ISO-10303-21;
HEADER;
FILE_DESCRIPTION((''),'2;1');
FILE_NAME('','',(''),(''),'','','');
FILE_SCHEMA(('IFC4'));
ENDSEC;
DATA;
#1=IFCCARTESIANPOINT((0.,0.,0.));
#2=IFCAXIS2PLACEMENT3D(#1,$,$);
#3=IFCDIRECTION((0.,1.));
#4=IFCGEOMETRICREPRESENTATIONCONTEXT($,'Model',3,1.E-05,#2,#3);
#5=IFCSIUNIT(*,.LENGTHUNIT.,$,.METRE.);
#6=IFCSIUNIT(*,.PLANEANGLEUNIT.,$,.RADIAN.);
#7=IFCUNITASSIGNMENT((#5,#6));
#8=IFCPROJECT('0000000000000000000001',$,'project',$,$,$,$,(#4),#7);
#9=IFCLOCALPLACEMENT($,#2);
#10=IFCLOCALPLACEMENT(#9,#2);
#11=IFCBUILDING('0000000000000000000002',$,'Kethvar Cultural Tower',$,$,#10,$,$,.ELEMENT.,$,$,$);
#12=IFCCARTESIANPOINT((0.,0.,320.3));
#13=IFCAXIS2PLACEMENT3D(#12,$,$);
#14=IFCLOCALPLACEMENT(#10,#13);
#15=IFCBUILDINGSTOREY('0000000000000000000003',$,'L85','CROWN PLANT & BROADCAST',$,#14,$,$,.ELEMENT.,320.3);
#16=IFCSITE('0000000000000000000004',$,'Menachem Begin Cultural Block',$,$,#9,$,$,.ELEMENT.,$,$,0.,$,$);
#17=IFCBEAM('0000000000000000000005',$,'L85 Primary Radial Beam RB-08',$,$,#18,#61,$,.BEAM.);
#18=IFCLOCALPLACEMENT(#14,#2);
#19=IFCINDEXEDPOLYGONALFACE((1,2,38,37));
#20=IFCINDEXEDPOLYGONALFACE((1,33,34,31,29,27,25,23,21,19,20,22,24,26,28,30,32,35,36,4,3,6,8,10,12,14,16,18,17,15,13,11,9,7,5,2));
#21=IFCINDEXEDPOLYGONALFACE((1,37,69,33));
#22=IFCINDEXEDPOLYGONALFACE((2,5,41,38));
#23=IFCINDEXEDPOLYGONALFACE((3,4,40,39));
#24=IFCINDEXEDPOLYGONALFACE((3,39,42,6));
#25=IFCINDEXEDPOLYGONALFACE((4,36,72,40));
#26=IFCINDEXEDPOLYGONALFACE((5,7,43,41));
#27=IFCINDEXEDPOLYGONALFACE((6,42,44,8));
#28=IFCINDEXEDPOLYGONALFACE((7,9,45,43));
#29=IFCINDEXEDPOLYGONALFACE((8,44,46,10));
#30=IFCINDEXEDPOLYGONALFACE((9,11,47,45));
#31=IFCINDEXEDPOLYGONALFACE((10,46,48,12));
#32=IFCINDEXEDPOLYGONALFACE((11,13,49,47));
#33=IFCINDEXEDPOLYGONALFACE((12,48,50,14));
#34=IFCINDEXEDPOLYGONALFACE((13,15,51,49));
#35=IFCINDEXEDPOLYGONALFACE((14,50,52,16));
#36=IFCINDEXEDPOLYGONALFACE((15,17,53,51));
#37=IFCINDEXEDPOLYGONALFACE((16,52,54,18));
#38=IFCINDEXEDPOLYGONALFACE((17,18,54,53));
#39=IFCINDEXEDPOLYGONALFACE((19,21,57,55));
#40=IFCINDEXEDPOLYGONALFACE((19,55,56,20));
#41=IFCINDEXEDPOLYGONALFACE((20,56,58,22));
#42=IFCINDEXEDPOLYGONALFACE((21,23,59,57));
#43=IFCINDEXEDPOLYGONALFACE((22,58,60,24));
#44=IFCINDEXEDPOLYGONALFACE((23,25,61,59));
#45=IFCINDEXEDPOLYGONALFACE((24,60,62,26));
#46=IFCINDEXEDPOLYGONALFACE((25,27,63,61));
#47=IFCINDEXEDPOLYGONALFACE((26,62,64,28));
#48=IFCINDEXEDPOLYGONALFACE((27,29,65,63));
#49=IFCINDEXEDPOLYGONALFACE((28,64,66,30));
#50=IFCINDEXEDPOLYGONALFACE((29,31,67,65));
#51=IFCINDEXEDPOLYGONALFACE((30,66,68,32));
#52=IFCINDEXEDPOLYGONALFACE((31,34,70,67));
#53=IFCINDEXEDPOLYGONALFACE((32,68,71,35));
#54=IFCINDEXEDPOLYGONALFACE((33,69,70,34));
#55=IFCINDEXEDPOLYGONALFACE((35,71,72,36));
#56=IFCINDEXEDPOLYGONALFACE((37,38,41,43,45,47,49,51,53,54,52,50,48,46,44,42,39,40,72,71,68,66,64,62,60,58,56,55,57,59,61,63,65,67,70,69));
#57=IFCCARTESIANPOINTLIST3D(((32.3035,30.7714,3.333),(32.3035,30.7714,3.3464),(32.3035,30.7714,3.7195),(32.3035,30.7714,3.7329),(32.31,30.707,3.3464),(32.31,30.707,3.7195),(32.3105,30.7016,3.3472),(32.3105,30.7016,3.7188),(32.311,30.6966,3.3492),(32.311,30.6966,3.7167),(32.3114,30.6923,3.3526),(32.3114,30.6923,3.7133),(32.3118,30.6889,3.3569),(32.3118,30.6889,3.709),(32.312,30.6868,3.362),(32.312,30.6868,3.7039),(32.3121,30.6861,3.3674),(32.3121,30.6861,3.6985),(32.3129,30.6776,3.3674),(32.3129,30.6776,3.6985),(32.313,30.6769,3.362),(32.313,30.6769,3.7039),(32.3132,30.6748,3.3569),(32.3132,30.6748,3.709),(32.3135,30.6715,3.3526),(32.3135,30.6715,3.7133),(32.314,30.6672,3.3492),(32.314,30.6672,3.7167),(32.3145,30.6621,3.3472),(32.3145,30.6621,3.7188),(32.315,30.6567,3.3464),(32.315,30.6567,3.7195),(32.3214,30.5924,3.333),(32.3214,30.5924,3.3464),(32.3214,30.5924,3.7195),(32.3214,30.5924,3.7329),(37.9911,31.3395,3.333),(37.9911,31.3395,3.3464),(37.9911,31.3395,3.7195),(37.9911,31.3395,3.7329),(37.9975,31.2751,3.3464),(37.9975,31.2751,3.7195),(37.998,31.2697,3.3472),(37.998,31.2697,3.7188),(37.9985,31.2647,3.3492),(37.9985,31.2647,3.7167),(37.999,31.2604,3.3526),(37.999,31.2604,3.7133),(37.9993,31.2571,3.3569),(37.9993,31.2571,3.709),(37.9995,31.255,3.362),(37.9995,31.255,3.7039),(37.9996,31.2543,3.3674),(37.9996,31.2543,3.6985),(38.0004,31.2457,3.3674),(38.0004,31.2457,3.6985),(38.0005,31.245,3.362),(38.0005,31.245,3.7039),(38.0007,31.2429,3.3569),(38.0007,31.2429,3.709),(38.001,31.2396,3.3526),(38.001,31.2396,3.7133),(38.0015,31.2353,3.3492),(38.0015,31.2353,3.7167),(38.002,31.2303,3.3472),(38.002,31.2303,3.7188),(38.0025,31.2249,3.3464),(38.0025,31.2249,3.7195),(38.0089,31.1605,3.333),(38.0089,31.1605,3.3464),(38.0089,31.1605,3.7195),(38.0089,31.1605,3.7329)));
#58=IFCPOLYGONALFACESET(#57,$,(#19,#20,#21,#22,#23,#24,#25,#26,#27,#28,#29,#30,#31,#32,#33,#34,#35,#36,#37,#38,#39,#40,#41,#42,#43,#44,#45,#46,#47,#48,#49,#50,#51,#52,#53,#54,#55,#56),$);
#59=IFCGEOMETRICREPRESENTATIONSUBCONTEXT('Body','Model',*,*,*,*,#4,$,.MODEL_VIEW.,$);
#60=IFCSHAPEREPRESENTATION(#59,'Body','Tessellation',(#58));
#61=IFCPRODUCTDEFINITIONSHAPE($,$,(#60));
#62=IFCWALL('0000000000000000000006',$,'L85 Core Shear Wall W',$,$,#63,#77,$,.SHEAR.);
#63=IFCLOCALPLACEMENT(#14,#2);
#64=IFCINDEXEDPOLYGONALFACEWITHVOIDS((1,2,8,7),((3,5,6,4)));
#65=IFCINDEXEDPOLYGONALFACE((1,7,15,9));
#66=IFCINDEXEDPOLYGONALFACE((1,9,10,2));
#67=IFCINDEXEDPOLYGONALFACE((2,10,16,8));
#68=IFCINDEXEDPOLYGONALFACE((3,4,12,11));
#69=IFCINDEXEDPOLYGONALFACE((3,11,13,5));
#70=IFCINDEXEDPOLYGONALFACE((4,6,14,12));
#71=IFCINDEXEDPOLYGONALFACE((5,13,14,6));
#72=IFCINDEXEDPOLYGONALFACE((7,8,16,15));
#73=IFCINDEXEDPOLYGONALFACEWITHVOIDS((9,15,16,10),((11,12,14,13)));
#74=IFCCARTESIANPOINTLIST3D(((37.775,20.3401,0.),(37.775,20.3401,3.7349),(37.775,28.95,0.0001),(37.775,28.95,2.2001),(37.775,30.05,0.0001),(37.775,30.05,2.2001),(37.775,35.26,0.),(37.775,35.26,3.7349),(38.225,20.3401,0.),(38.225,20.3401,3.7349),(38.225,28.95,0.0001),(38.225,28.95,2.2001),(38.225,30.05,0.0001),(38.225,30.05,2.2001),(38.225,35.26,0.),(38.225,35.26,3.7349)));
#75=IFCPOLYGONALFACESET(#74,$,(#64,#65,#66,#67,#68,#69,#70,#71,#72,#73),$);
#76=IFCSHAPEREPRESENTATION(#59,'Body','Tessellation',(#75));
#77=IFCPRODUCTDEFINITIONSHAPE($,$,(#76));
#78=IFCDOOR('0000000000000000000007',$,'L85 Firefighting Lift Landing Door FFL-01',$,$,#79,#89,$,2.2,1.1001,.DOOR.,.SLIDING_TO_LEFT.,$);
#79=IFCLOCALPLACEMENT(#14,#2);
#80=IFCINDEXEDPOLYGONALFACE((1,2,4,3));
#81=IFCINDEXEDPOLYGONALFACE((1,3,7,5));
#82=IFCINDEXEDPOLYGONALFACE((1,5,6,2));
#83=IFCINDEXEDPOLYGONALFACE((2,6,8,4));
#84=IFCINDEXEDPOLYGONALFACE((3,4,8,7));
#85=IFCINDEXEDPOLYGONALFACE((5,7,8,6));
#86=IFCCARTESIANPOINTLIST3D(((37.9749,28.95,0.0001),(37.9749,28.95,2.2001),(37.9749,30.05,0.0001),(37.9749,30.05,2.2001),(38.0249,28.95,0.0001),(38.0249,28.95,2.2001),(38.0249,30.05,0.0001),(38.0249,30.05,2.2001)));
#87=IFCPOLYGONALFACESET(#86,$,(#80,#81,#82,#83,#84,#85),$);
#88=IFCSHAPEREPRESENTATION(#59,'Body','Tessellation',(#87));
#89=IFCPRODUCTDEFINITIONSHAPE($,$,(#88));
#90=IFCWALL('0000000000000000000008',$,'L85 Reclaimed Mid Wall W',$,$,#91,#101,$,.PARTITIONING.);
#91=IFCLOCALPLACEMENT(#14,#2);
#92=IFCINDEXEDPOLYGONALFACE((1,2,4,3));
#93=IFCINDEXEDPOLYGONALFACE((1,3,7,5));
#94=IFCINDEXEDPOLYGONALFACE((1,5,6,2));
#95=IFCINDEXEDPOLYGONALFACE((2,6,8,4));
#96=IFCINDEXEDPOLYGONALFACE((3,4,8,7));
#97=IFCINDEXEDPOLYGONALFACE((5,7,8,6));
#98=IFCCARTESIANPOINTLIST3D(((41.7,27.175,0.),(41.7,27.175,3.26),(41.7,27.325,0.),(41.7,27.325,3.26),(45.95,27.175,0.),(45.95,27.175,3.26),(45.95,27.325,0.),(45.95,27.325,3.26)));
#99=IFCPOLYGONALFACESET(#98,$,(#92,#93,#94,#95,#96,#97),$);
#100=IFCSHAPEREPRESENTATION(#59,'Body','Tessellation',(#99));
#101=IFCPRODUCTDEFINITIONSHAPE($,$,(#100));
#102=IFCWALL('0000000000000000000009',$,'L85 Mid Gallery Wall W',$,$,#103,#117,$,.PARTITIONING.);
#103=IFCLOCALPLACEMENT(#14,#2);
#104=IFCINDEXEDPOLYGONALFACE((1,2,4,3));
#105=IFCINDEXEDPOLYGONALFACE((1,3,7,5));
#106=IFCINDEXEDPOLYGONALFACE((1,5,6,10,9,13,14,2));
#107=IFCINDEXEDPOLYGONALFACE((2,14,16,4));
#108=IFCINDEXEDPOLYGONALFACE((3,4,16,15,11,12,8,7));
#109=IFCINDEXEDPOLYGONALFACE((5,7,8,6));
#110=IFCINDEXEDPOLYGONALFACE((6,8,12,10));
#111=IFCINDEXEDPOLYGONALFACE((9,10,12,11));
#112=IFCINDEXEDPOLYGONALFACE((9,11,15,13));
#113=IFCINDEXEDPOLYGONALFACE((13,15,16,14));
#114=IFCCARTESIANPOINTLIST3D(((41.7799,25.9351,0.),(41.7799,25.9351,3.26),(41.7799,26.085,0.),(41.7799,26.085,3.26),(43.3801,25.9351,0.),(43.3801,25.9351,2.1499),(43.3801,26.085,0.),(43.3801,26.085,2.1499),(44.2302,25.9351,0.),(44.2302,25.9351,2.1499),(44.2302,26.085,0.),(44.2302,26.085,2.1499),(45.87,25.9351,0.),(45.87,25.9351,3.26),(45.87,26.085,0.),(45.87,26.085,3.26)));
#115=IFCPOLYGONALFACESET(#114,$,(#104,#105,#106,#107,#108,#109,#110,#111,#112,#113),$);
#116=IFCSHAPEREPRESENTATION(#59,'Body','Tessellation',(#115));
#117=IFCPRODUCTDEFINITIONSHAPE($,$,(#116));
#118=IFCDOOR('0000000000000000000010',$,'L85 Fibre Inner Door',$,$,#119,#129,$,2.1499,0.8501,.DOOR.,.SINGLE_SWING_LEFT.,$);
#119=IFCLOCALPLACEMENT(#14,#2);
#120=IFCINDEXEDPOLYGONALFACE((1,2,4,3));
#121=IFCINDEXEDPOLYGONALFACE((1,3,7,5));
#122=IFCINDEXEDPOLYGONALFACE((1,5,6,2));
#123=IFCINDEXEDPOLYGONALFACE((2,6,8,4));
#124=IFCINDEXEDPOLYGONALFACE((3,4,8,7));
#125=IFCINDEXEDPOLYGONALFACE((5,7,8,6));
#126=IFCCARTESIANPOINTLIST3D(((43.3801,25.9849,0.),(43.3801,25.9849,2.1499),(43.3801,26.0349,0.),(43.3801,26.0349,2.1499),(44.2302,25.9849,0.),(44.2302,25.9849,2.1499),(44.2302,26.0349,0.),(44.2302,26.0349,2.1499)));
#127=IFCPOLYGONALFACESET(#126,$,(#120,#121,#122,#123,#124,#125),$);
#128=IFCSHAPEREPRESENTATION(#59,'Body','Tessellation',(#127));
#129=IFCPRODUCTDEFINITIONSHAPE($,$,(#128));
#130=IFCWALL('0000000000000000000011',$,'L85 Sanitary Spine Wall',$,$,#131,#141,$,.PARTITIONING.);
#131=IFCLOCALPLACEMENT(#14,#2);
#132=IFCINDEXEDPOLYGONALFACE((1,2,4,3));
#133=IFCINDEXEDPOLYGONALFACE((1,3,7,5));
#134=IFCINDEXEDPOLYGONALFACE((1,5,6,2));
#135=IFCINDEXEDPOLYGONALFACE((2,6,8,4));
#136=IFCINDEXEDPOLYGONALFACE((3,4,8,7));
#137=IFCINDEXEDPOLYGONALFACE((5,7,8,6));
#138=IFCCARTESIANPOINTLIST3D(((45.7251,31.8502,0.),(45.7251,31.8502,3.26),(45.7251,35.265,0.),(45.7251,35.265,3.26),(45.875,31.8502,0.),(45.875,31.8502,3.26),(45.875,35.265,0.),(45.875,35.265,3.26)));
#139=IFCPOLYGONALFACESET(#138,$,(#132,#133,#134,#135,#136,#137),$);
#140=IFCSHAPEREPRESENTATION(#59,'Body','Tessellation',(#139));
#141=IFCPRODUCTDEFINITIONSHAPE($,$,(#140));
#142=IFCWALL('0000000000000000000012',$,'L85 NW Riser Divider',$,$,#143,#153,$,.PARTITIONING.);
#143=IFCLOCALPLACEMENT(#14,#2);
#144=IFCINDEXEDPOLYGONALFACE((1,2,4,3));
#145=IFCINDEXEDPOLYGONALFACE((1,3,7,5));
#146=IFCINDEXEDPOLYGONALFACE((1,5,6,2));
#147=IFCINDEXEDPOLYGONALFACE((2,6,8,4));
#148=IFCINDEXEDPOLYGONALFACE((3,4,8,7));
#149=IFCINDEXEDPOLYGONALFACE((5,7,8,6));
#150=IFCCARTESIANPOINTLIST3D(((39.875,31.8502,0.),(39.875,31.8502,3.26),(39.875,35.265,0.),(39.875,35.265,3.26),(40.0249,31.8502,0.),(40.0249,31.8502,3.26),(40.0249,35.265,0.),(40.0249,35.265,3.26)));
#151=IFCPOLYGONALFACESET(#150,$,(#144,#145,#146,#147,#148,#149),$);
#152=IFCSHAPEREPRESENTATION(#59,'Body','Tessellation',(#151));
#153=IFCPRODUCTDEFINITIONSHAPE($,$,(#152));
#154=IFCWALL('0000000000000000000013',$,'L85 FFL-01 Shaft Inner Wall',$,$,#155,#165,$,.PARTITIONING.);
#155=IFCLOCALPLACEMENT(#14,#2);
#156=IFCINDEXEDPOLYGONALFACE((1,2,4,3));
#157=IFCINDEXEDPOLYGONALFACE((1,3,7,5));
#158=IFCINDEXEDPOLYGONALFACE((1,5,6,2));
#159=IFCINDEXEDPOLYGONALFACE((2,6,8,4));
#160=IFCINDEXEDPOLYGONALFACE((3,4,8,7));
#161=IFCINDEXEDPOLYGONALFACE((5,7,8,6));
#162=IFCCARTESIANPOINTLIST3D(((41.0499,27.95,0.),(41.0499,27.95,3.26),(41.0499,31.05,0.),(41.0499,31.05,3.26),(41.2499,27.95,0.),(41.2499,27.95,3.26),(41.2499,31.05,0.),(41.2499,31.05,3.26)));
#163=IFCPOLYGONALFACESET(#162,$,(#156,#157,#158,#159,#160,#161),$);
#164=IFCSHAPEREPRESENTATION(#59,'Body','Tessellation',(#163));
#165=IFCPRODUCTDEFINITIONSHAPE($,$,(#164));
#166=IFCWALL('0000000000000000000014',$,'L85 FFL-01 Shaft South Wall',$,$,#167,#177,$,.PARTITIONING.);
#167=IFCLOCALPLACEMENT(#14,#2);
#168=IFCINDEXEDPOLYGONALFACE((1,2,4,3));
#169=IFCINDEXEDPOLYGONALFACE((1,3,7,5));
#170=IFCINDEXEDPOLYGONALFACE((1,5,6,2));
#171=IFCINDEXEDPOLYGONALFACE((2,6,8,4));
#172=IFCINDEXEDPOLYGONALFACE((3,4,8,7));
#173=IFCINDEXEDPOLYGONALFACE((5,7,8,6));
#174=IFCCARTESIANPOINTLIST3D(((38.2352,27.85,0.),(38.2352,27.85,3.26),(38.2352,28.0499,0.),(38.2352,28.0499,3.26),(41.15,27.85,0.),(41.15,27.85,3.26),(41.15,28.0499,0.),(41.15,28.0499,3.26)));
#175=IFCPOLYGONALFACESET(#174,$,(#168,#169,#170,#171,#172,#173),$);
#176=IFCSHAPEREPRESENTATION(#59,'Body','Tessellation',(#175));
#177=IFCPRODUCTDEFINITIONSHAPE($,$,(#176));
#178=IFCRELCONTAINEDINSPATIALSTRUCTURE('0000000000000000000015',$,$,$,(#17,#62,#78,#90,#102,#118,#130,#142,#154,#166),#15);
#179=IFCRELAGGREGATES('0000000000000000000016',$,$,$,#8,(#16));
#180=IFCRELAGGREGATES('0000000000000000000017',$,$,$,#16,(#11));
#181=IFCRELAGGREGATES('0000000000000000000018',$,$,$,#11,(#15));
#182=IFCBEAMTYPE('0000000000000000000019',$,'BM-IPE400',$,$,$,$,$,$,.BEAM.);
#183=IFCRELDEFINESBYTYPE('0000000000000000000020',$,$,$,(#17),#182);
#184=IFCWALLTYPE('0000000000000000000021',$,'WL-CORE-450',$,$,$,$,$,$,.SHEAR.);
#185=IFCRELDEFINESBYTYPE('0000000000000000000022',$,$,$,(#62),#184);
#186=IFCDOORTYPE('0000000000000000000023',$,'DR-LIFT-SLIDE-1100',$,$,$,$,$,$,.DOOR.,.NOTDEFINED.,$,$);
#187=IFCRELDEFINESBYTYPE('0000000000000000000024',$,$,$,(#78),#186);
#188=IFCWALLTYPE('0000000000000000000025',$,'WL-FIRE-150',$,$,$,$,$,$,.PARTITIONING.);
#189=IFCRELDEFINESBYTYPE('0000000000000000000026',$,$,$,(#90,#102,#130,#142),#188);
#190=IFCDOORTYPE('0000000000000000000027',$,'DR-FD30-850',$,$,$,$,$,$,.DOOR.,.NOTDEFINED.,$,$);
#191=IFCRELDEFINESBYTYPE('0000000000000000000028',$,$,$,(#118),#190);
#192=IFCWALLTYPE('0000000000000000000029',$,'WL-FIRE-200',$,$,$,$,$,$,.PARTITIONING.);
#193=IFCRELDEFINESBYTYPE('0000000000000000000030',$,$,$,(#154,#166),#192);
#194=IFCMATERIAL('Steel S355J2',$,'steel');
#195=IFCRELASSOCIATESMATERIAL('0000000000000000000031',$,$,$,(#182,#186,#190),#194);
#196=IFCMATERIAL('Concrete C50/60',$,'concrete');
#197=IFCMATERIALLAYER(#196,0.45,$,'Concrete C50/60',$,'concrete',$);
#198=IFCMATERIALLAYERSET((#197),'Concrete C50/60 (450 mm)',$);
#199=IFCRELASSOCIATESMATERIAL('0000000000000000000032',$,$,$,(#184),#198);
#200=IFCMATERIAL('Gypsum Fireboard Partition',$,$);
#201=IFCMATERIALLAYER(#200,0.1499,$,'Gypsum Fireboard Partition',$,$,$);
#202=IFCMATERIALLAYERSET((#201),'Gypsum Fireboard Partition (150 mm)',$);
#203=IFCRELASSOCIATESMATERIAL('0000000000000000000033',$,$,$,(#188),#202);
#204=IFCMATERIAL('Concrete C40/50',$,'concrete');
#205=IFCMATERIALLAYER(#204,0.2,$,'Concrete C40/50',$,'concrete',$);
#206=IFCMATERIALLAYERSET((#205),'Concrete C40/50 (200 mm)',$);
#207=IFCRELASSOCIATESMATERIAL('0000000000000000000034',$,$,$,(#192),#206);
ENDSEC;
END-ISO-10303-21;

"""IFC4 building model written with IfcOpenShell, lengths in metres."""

from ifc_helpers import new_model, si_unit, direction, frame, frame_2d, origin, origin_2d, place, context, subcontext, project, spatial, rectangle, i_section, extrude, source, transform, mapped, material, layer, layer_set, material_profile, profile_set, type_object, element, fill, save


model = new_model("IFC4")

# Units and contexts
model_context = context("Model", 3, precision=1e-05, world=origin(), true_north=direction((0.0, 1.0)))
body_context = subcontext(model_context, "Body", "Model", "MODEL_VIEW")
ifc_project = project(units=[si_unit("LENGTHUNIT", "METRE"), si_unit("PLANEANGLEUNIT", "RADIAN")], contexts=[model_context])

# Site, building, storey
site_placement = place(None, origin())
site = spatial("IfcSite", under=ifc_project, at=site_placement, Name="Menachem Begin Cultural Block", CompositionType="ELEMENT", RefElevation=0.0)
building_placement = place(site_placement, origin())
building = spatial("IfcBuilding", under=site, at=building_placement, Name="Kethvar Cultural Tower", CompositionType="ELEMENT")
storey_placement = place(building_placement, frame((0.0, 0.0, 320.3)))
storey = spatial("IfcBuildingStorey", under=building, at=storey_placement, Name="L85", Description="CROWN PLANT & BROADCAST", CompositionType="ELEMENT", Elevation=320.3)

# Beam
ifc_material_1 = material(Name="Steel S355J2", Category="steel")
ifc_material_profile_1 = material_profile(ifc_material_1, i_section(OverallWidth=0.1799, OverallDepth=0.3999, WebThickness=0.0085, FlangeThickness=0.0134, FilletRadius=0.021, at=origin_2d()), Name="Steel S355J2 — IPE400")
ifc_profile_set_1 = profile_set([ifc_material_profile_1], Name="Steel S355J2 — IPE400")
beam_type_1 = type_object("IfcBeamType", Name="BM-IPE400", PredefinedType="BEAM", material=ifc_profile_set_1)
shared_shape_1 = source(origin(), body_context, "Body", "SweptSolid", [
    extrude(i_section(OverallWidth=0.1799, OverallDepth=0.3999, WebThickness=0.0085, FlangeThickness=0.0134, FilletRadius=0.021, at=origin_2d()), origin(), (0.0, 0.0, 1.0), 5.7158),
])
beam_1_placement = place(storey_placement, frame((38.0, 31.25, 3.533), z_axis=(-0.995048, -0.099394, 0.0), x_axis=(0.099394, -0.995048, 0.0)))
element("IfcBeam", 1, at=beam_1_placement, inside=storey, type_object=beam_type_1, Name="L85 Primary Radial Beam RB-08", PredefinedType="BEAM", context=body_context, shape_type="MappedRepresentation", body=[
    mapped(shared_shape_1, transform((0.0, 0.0, 0.0), scale=1.0)),
])

# Wall, opening, door
ifc_material_2 = material(Name="Concrete C50/60", Category="concrete")
ifc_layer_1 = layer(ifc_material_2, 0.45, Name="Concrete C50/60", Category="concrete")
ifc_layer_set_1 = layer_set([ifc_layer_1], Name="Concrete C50/60 (450 mm)")
wall_type_1 = type_object("IfcWallType", Name="WL-CORE-450", PredefinedType="SHEAR", material=ifc_layer_set_1)
wall_1_placement = place(storey_placement, frame((38.0, 35.26, 0.0), z_axis=(0.0, 0.0, 1.0), x_axis=(0.0, -1.0, 0.0)))
wall_1 = element("IfcWall", 2, at=wall_1_placement, inside=storey, type_object=wall_type_1, Name="L85 Core Shear Wall W", PredefinedType="SHEAR", context=body_context, shape_type="SweptSolid", body=[
    extrude(rectangle(XDim=14.9199, YDim=0.45, at=frame_2d((7.46, 0.0))), origin(), (0.0, 0.0, 1.0), 3.7349),
])
opening_1_placement = place(wall_1_placement, frame((5.21, 0.0, 0.0)))
opening_1 = element("IfcOpeningElement", 3, at=opening_1_placement, cuts=wall_1, PredefinedType="OPENING", context=body_context, shape_type="SweptSolid", body=[
    extrude(rectangle(XDim=1.1001, YDim=2.2, at=frame_2d((0.55, 1.1001))), frame((0.0, 0.2349, 0.0), z_axis=(0.0, -1.0, 0.0), x_axis=(1.0, 0.0, 0.0)), (0.0, 0.0, 1.0), 0.47),
])
door_type_1 = type_object("IfcDoorType", Name="DR-LIFT-SLIDE-1100", OperationType="NOTDEFINED", PredefinedType="DOOR", material=ifc_material_1)
shared_shape_2 = source(origin(), body_context, "Body", "SweptSolid", [
    extrude(rectangle(XDim=1.1001, YDim=2.2, at=frame_2d((0.55, 1.1001))), frame((0.0, 0.0249, 0.0), z_axis=(0.0, -1.0, 0.0), x_axis=(1.0, 0.0, 0.0)), (0.0, 0.0, 1.0), 0.05),
])
door_1_placement = place(opening_1_placement, origin())
door_1 = element("IfcDoor", 4, at=door_1_placement, inside=storey, type_object=door_type_1, Name="L85 Firefighting Lift Landing Door FFL-01", OperationType="SLIDING_TO_LEFT", OverallHeight=2.2, OverallWidth=1.1001, PredefinedType="DOOR", context=body_context, shape_type="MappedRepresentation", body=[
    mapped(shared_shape_2, transform((0.0, 0.0, 0.0), scale=1.0)),
])
fill(opening_1, door_1)

# Wall
ifc_material_3 = material(Name="Gypsum Fireboard Partition")
ifc_layer_2 = layer(ifc_material_3, 0.1499, Name="Gypsum Fireboard Partition")
ifc_layer_set_2 = layer_set([ifc_layer_2], Name="Gypsum Fireboard Partition (150 mm)")
wall_type_2 = type_object("IfcWallType", Name="WL-FIRE-150", PredefinedType="PARTITIONING", material=ifc_layer_set_2)
wall_2_placement = place(storey_placement, frame((41.7, 27.25, 0.0), z_axis=(0.0, 0.0, 1.0), x_axis=(1.0, 0.0, 0.0)))
element("IfcWall", 5, at=wall_2_placement, inside=storey, type_object=wall_type_2, Name="L85 Reclaimed Mid Wall W", PredefinedType="PARTITIONING", context=body_context, shape_type="SweptSolid", body=[
    extrude(rectangle(XDim=4.25, YDim=0.1499, at=frame_2d((2.125, 0.0))), origin(), (0.0, 0.0, 1.0), 3.26),
])

# Wall, opening, door
wall_3_placement = place(storey_placement, frame((41.78, 26.01, 0.0), z_axis=(0.0, 0.0, 1.0), x_axis=(1.0, 0.0, 0.0)))
wall_3 = element("IfcWall", 6, at=wall_3_placement, inside=storey, type_object=wall_type_2, Name="L85 Mid Gallery Wall W", PredefinedType="PARTITIONING", context=body_context, shape_type="SweptSolid", body=[
    extrude(rectangle(XDim=4.0901, YDim=0.1499, at=frame_2d((2.0449, 0.0))), origin(), (0.0, 0.0, 1.0), 3.26),
])
opening_2_placement = place(wall_3_placement, frame((1.6001, 0.0, 0.0)))
opening_2 = element("IfcOpeningElement", 7, at=opening_2_placement, cuts=wall_3, PredefinedType="OPENING", context=body_context, shape_type="SweptSolid", body=[
    extrude(rectangle(XDim=0.8501, YDim=2.1499, at=frame_2d((0.425, 1.075))), frame((0.0, 0.085, 0.0), z_axis=(0.0, -1.0, 0.0), x_axis=(1.0, 0.0, 0.0)), (0.0, 0.0, 1.0), 0.1699),
])
door_type_2 = type_object("IfcDoorType", Name="DR-FD30-850", OperationType="NOTDEFINED", PredefinedType="DOOR", material=ifc_material_1)
shared_shape_3 = source(origin(), body_context, "Body", "SweptSolid", [
    extrude(rectangle(XDim=0.8501, YDim=2.1499, at=frame_2d((0.425, 1.075))), frame((0.0, 0.0249, 0.0), z_axis=(0.0, -1.0, 0.0), x_axis=(1.0, 0.0, 0.0)), (0.0, 0.0, 1.0), 0.05),
])
door_2_placement = place(opening_2_placement, origin())
door_2 = element("IfcDoor", 8, at=door_2_placement, inside=storey, type_object=door_type_2, Name="L85 Fibre Inner Door", OperationType="SINGLE_SWING_LEFT", OverallHeight=2.1499, OverallWidth=0.8501, PredefinedType="DOOR", context=body_context, shape_type="MappedRepresentation", body=[
    mapped(shared_shape_3, transform((0.0, 0.0, 0.0), scale=1.0)),
])
fill(opening_2, door_2)

# Walls
for number, where, z_axis, x_axis, name in (
    (9, (45.8, 31.8501, 0.0), (0.0, 0.0, 1.0), (0.0, 1.0, 0.0), "L85 Sanitary Spine Wall"),
    (10, (39.95, 31.8501, 0.0), (0.0, 0.0, 1.0), (0.0, 1.0, 0.0), "L85 NW Riser Divider"),
):
    element("IfcWall", number, at=place(storey_placement, frame(where, z_axis=z_axis, x_axis=x_axis)), inside=storey, type_object=wall_type_2, Name=name, PredefinedType="PARTITIONING", context=body_context, shape_type="SweptSolid", body=[
        extrude(rectangle(XDim=3.4148, YDim=0.1499, at=frame_2d((1.7075, 0.0))), origin(), (0.0, 0.0, 1.0), 3.26),
    ])
ifc_material_4 = material(Name="Concrete C40/50", Category="concrete")
ifc_layer_3 = layer(ifc_material_4, 0.2, Name="Concrete C40/50", Category="concrete")
ifc_layer_set_3 = layer_set([ifc_layer_3], Name="Concrete C40/50 (200 mm)")
wall_type_3 = type_object("IfcWallType", Name="WL-FIRE-200", PredefinedType="PARTITIONING", material=ifc_layer_set_3)
wall_4_placement = place(storey_placement, frame((41.1499, 27.95, 0.0), z_axis=(0.0, 0.0, 1.0), x_axis=(0.0, 1.0, 0.0)))
element("IfcWall", 11, at=wall_4_placement, inside=storey, type_object=wall_type_3, Name="L85 FFL-01 Shaft Inner Wall", PredefinedType="PARTITIONING", context=body_context, shape_type="SweptSolid", body=[
    extrude(rectangle(XDim=3.1001, YDim=0.2, at=frame_2d((1.55, 0.0))), origin(), (0.0, 0.0, 1.0), 3.26),
])
for number, where, z_axis, x_axis, name in (
    (12, (38.2351, 27.95, 0.0), (0.0, 0.0, 1.0), (1.0, 0.0, 0.0), "L85 FFL-01 Shaft South Wall"),
):
    element("IfcWall", number, at=place(storey_placement, frame(where, z_axis=z_axis, x_axis=x_axis)), inside=storey, type_object=wall_type_3, Name=name, PredefinedType="PARTITIONING", context=body_context, shape_type="SweptSolid", body=[
        extrude(rectangle(XDim=2.9148, YDim=0.2, at=frame_2d((1.4575, 0.0))), origin(), (0.0, 0.0, 1.0), 3.26),
    ])

save(model, "model.ifc")
